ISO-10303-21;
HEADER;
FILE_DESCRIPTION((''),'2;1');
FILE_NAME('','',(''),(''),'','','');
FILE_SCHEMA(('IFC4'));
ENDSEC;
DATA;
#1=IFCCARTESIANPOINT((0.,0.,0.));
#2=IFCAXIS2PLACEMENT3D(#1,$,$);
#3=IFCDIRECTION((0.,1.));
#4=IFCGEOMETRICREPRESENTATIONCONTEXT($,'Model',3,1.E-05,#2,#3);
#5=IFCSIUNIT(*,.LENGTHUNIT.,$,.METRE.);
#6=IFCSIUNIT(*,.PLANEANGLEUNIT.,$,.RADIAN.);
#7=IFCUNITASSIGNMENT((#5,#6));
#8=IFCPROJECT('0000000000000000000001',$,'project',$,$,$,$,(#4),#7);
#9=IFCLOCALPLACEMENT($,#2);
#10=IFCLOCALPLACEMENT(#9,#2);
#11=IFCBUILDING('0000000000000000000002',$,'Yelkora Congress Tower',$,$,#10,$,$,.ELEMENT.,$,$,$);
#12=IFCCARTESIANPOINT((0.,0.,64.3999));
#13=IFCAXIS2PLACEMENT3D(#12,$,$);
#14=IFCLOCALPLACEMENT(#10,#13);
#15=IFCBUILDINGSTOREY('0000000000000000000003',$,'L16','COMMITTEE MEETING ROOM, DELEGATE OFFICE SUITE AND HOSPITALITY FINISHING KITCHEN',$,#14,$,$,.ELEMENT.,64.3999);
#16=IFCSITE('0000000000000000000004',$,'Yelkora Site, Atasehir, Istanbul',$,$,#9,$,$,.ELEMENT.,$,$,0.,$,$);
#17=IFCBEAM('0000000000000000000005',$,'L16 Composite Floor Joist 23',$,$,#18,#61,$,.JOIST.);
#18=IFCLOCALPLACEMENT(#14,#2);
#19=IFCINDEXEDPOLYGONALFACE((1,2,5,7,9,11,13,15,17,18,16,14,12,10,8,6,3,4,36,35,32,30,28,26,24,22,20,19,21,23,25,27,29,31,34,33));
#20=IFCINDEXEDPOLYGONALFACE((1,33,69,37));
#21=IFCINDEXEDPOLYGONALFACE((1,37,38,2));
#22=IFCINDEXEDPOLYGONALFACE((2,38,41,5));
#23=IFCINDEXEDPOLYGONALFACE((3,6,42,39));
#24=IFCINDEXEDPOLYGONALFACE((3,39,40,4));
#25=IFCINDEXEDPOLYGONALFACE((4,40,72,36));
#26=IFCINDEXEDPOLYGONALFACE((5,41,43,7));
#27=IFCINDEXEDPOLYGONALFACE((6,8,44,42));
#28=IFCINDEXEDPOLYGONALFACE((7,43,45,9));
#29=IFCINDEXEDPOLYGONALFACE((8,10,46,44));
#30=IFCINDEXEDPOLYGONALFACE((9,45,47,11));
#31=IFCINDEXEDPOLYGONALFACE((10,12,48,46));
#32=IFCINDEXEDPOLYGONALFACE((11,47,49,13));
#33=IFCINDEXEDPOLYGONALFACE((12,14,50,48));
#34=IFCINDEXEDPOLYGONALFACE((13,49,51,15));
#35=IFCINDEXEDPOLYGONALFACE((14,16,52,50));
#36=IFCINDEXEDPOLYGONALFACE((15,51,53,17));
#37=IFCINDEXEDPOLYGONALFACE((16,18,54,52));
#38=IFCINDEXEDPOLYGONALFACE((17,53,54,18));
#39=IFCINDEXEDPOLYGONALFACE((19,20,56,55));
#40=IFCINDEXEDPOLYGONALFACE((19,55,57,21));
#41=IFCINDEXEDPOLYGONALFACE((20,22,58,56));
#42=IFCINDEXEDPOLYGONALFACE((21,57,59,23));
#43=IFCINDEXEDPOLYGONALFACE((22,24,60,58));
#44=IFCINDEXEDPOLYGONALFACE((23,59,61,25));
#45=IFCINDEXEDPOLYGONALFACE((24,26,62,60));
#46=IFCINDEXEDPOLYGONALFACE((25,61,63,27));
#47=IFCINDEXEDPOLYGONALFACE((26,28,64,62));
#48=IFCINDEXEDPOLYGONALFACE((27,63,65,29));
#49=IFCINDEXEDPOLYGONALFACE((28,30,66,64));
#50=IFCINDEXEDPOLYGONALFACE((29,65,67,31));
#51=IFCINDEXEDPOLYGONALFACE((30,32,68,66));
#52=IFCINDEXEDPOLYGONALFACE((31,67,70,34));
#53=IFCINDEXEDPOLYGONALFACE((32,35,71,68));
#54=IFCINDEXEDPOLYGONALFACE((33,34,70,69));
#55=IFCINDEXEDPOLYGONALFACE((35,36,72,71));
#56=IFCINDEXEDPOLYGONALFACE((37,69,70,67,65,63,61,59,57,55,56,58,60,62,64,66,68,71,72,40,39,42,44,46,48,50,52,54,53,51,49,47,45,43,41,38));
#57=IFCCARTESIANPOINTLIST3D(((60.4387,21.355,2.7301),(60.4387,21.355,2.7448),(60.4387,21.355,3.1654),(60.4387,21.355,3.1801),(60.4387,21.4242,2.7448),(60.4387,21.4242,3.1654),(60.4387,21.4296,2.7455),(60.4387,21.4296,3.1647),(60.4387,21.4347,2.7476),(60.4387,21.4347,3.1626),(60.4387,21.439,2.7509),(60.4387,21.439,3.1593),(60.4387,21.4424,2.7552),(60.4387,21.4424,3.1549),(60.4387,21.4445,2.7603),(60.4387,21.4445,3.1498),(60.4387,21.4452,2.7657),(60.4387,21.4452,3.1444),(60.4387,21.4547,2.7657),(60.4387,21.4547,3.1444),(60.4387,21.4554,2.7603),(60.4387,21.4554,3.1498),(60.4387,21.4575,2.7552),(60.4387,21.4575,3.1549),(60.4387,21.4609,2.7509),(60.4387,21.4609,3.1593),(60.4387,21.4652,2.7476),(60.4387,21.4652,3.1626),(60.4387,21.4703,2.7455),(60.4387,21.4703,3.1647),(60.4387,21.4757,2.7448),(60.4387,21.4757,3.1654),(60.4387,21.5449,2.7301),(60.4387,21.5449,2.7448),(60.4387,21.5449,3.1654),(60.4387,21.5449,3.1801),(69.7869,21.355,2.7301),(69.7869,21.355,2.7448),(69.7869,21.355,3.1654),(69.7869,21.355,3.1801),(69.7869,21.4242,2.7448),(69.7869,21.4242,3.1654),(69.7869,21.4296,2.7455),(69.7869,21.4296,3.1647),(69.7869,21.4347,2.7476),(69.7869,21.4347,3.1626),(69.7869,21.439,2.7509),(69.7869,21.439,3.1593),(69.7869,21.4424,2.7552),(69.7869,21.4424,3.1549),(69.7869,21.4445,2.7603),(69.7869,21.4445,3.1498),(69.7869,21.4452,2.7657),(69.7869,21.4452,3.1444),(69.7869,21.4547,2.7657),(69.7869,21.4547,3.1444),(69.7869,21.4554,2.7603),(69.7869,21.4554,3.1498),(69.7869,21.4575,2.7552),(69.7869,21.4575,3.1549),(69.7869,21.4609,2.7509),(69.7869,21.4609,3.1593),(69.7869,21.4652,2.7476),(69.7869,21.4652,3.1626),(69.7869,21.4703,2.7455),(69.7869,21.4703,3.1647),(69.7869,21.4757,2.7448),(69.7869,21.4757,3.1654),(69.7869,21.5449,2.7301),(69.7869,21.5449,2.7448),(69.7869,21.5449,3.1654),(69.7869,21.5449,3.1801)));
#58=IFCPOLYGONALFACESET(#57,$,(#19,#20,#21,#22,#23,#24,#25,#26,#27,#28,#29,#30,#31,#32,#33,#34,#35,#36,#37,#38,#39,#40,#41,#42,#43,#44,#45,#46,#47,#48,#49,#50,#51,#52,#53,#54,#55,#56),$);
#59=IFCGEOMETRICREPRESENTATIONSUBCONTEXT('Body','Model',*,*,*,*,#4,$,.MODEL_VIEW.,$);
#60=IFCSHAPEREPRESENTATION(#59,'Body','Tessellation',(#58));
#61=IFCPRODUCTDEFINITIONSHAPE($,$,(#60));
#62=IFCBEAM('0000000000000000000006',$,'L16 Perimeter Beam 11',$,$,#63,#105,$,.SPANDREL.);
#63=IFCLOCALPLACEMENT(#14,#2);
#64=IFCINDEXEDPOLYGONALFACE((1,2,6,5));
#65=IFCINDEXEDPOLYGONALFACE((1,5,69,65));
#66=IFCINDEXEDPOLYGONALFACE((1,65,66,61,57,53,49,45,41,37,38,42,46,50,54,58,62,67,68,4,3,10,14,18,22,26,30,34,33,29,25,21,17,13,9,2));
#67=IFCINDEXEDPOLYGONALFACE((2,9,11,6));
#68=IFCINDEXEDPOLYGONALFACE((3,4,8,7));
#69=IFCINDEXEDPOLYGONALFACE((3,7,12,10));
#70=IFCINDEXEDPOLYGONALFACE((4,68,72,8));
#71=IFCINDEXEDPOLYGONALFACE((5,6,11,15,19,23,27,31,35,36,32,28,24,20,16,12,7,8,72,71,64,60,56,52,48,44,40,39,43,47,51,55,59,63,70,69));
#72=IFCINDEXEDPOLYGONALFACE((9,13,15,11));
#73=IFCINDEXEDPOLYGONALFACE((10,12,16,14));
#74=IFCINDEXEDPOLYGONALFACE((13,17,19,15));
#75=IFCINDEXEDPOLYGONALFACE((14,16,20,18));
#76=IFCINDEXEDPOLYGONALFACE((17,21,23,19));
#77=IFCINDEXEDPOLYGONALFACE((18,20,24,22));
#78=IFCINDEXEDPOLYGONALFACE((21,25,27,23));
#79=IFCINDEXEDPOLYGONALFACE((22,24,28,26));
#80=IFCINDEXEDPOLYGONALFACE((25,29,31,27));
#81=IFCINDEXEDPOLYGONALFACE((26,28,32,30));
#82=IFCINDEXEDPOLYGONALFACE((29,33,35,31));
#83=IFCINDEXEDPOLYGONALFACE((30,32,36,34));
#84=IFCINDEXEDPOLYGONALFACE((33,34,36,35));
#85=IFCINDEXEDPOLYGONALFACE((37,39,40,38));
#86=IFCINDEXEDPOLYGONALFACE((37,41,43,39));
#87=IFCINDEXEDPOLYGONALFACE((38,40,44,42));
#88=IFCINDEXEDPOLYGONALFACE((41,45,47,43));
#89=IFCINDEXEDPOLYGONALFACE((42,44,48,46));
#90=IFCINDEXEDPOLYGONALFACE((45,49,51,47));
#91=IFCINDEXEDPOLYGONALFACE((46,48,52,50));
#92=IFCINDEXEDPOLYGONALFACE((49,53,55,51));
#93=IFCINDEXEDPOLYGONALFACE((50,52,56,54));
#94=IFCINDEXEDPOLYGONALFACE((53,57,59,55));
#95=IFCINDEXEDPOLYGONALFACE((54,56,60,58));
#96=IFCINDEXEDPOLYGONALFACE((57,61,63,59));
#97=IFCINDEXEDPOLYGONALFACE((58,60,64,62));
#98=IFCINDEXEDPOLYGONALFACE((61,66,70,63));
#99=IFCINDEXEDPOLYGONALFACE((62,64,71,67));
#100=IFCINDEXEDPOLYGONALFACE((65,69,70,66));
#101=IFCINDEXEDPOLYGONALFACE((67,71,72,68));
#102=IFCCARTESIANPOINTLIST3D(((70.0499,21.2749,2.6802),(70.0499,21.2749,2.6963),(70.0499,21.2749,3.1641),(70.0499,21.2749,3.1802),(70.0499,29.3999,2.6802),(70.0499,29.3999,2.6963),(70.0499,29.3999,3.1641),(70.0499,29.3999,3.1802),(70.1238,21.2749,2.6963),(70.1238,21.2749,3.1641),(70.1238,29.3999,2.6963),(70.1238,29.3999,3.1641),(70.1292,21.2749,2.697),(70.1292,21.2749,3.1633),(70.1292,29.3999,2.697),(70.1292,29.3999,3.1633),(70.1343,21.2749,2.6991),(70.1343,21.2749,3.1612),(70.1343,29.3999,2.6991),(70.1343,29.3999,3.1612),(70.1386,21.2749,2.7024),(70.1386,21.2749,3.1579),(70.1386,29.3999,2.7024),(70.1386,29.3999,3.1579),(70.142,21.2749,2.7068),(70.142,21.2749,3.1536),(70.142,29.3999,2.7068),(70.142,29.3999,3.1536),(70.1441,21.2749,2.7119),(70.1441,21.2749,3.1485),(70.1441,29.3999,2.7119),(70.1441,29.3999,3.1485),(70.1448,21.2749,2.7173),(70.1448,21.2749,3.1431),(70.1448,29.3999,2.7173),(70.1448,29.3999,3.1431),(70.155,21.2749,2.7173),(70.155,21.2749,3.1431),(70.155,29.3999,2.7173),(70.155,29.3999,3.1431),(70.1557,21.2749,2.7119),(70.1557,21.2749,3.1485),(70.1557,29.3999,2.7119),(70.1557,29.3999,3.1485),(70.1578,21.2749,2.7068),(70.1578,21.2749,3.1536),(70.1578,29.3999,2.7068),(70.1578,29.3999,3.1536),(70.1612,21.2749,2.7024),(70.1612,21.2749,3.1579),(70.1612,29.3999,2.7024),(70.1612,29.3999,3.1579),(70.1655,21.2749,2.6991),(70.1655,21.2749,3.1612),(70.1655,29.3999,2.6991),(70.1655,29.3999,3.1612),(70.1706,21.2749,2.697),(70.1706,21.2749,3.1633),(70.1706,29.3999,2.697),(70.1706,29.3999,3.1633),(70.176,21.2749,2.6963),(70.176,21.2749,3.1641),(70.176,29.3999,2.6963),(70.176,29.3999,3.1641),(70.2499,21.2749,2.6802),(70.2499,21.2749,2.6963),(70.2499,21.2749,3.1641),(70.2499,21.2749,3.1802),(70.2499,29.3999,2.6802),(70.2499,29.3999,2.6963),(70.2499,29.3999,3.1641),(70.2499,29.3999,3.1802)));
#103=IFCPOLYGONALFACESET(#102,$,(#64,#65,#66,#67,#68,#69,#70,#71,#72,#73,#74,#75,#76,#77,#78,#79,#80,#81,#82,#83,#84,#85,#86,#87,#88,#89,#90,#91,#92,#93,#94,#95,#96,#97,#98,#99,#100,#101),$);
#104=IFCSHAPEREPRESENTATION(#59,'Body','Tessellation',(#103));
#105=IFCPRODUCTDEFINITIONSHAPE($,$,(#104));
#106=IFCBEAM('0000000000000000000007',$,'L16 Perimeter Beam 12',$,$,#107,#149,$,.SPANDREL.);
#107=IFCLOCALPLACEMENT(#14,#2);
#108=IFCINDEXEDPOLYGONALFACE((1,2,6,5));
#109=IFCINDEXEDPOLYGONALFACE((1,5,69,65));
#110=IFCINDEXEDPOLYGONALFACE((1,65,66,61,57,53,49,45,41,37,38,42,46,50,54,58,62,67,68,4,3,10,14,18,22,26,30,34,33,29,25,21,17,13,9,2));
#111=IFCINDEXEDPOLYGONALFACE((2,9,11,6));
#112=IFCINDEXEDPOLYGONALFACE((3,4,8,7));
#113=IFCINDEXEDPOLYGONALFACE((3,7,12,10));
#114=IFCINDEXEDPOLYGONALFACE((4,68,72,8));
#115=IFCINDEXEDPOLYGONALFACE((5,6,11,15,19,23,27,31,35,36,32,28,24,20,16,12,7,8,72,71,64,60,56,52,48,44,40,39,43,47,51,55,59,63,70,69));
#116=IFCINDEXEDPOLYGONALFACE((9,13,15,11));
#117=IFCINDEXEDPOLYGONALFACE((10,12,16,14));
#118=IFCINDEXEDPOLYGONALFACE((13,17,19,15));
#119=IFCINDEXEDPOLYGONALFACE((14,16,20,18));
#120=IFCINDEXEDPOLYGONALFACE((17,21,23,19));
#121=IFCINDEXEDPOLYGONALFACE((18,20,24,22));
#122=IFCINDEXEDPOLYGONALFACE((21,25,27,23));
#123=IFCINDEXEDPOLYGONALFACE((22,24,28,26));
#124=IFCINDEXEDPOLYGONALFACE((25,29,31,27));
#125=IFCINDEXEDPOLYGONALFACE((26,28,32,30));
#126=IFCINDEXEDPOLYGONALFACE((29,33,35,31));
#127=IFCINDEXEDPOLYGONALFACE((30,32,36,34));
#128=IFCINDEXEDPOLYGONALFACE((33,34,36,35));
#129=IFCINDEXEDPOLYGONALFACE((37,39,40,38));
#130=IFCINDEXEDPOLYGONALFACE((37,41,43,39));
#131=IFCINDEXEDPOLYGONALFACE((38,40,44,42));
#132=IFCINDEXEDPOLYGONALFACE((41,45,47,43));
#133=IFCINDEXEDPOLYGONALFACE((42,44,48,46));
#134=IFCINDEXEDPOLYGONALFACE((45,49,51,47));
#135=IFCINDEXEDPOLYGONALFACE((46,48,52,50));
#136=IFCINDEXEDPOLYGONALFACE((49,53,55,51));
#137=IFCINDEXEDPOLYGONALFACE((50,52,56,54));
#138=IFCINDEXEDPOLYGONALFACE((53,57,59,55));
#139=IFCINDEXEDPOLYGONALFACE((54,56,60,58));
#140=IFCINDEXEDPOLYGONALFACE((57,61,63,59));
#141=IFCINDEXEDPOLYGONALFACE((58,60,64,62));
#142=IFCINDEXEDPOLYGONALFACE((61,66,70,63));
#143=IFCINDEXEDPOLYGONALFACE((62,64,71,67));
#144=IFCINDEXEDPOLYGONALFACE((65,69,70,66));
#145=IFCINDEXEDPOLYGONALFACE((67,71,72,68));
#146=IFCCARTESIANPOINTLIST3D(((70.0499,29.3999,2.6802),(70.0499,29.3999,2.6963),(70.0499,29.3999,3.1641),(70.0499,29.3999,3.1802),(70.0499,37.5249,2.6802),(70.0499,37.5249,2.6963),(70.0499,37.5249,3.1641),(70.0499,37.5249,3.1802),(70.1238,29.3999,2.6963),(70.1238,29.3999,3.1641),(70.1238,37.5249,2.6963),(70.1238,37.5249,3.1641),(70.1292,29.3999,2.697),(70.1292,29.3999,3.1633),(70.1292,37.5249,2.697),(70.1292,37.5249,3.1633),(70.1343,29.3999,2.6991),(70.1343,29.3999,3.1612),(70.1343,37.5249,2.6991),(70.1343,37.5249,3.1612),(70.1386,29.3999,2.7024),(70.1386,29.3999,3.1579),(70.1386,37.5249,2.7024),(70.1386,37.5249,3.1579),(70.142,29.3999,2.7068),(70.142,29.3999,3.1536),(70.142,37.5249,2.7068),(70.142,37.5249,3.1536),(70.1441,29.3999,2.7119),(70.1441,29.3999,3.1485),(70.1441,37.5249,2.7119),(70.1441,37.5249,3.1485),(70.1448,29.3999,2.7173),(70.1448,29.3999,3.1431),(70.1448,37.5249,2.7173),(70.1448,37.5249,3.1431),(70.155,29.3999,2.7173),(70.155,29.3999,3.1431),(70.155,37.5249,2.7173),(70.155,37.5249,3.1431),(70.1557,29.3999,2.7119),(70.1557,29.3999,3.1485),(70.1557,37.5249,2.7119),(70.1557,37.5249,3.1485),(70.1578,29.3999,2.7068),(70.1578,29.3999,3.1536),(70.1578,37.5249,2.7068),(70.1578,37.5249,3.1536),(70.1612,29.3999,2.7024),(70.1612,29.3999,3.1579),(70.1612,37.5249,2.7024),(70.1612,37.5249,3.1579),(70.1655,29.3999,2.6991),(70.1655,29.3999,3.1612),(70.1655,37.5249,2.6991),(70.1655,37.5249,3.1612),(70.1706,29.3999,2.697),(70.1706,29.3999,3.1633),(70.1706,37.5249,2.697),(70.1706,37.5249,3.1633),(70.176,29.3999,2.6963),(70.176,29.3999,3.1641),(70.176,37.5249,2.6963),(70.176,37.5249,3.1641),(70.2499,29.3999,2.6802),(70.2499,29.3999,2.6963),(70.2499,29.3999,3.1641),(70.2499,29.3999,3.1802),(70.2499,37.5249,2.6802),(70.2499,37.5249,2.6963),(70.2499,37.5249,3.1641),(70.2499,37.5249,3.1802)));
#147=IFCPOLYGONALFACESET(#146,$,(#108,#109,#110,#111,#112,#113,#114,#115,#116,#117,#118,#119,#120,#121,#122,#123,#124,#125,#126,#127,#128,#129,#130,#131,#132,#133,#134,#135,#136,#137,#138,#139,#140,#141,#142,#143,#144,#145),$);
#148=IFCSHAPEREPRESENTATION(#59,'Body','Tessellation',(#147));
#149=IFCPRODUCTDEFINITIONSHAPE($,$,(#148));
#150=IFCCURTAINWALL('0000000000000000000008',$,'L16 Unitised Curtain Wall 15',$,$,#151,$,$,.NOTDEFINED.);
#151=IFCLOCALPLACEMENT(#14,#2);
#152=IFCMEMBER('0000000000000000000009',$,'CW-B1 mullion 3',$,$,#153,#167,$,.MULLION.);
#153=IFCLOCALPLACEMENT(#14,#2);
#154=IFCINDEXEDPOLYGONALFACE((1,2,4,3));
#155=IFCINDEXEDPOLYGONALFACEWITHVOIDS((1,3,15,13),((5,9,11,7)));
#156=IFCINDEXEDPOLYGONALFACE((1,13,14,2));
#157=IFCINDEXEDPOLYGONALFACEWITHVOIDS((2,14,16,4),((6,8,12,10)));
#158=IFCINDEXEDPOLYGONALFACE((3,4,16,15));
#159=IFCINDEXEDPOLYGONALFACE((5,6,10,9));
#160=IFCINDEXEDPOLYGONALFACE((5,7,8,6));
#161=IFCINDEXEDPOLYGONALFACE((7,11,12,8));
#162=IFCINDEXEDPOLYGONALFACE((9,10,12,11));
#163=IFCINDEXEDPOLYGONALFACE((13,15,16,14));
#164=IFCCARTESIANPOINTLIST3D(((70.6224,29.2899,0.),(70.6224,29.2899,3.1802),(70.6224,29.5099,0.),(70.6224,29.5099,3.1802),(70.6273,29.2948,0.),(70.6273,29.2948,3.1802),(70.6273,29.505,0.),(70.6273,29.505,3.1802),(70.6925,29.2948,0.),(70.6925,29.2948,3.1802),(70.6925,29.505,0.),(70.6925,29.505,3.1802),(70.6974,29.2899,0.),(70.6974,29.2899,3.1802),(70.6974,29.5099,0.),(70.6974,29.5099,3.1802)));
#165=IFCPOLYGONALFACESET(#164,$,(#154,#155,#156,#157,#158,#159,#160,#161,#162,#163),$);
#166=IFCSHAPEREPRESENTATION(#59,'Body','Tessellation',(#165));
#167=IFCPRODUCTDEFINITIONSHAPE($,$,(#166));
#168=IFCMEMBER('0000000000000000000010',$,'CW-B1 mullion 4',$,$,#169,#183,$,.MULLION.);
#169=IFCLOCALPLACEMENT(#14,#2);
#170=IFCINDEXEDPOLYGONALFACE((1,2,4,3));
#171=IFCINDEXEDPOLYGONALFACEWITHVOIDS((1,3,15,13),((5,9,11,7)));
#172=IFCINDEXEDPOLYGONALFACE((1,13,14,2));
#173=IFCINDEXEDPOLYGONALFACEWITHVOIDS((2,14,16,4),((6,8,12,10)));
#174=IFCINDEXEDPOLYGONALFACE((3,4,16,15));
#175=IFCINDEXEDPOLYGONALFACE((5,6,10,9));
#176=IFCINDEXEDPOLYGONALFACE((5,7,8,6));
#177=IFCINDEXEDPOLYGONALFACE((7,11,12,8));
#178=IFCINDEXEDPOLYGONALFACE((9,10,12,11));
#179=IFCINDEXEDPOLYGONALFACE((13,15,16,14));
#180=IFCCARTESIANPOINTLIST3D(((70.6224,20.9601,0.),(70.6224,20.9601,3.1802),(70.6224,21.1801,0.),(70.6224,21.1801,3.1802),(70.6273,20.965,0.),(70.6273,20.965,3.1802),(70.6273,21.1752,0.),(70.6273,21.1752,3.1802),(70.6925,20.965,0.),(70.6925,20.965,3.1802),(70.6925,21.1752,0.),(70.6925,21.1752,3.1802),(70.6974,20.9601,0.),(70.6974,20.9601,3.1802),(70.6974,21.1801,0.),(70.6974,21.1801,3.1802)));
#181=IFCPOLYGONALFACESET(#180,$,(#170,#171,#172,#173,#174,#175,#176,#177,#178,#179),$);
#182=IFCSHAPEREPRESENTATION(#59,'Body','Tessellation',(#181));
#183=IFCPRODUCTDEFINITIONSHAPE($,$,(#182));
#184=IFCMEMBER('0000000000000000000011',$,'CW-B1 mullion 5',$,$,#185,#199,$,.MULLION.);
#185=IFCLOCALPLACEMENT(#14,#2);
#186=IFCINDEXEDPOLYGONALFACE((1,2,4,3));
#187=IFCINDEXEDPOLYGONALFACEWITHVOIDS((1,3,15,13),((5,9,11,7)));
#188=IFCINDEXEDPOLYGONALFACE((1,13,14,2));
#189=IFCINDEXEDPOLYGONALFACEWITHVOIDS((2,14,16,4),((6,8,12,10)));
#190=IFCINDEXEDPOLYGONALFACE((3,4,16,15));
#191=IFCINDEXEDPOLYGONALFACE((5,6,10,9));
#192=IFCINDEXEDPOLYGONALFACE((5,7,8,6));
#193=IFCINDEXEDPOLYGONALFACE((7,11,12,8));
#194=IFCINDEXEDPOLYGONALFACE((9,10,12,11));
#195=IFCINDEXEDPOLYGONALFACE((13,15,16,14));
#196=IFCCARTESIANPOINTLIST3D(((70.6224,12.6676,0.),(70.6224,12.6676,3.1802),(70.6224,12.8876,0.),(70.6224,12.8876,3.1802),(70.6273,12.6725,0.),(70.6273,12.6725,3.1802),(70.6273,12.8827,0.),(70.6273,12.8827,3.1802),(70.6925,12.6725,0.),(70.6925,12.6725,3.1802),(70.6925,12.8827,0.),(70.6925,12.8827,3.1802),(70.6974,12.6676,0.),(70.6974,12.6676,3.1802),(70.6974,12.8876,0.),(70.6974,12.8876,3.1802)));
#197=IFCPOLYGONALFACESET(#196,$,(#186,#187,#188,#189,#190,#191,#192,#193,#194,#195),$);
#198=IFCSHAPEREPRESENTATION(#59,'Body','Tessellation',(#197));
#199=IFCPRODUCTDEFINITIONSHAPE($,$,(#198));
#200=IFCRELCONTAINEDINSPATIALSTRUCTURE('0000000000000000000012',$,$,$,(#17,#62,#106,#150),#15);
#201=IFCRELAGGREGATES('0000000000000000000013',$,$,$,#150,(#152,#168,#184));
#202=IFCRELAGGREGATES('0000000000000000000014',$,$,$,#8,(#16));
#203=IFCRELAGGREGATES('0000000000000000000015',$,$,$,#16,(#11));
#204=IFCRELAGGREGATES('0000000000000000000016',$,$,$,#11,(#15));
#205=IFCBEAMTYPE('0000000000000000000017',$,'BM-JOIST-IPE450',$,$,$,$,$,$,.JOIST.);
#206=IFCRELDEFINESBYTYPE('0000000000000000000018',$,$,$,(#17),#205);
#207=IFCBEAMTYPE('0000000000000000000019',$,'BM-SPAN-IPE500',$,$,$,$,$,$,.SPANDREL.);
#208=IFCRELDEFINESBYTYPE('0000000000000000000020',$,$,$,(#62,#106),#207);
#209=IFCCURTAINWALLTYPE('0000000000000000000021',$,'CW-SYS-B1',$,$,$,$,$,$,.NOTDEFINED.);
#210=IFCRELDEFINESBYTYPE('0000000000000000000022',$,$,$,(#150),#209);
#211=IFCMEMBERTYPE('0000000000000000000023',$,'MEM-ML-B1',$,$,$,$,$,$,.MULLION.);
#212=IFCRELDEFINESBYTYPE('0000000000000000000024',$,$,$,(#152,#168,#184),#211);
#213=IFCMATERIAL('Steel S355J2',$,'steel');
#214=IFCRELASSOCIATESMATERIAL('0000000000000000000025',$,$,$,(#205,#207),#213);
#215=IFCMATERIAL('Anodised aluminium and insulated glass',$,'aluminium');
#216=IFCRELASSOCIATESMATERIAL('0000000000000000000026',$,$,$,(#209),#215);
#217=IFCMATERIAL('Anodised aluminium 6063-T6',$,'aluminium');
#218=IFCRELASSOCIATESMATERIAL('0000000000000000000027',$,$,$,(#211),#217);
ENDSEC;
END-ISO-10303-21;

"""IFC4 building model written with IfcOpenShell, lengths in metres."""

from ifc_helpers import new_model, si_unit, direction, frame, origin, origin_2d, place, context, subcontext, project, spatial, hollow_rectangle, i_section, extrude, material, material_profile, profile_set, type_object, element, aggregate, save


model = new_model("IFC4")

# Units and contexts
model_context = context("Model", 3, precision=1e-05, world=origin(), true_north=direction((0.0, 1.0)))
body_context = subcontext(model_context, "Body", "Model", "MODEL_VIEW")
ifc_project = project(units=[si_unit("LENGTHUNIT", "METRE"), si_unit("PLANEANGLEUNIT", "RADIAN")], contexts=[model_context])

# Site, building, storey
site_placement = place(None, origin())
site = spatial("IfcSite", under=ifc_project, at=site_placement, Name="Yelkora Site, Atasehir, Istanbul", CompositionType="ELEMENT", RefElevation=0.0)
building_placement = place(site_placement, origin())
building = spatial("IfcBuilding", under=site, at=building_placement, Name="Yelkora Congress Tower", CompositionType="ELEMENT")
storey_placement = place(building_placement, frame((0.0, 0.0, 64.3999)))
storey = spatial("IfcBuildingStorey", under=building, at=storey_placement, Name="L16", Description="COMMITTEE MEETING ROOM, DELEGATE OFFICE SUITE AND HOSPITALITY FINISHING KITCHEN", CompositionType="ELEMENT", Elevation=64.3999)

# Beams
ifc_material_1 = material(Name="Steel S355J2", Category="steel")
ifc_material_profile_1 = material_profile(ifc_material_1, i_section(OverallWidth=0.1899, OverallDepth=0.45, WebThickness=0.0095, FlangeThickness=0.0146, FilletRadius=0.021, at=origin_2d()), Name="IPE 450")
ifc_profile_set_1 = profile_set([ifc_material_profile_1], Name="Steel S355J2")
beam_type_1 = type_object("IfcBeamType", Name="BM-JOIST-IPE450", PredefinedType="JOIST", material=ifc_profile_set_1)
beam_1_placement = place(storey_placement, frame((60.4387, 21.45, 2.9551), z_axis=(1.0, 0.0, 0.0), x_axis=(0.0, 1.0, 0.0)))
element("IfcBeam", 1, at=beam_1_placement, inside=storey, type_object=beam_type_1, Name="L16 Composite Floor Joist 23", PredefinedType="JOIST", context=body_context, shape_type="SweptSolid", body=[
    extrude(i_section(OverallWidth=0.1899, OverallDepth=0.45, WebThickness=0.0095, FlangeThickness=0.0146, FilletRadius=0.021, at=origin_2d()), origin(), (0.0, 0.0, 1.0), 9.3481),
])
ifc_material_profile_2 = material_profile(ifc_material_1, i_section(OverallWidth=0.2, OverallDepth=0.5, WebThickness=0.0103, FlangeThickness=0.0161, FilletRadius=0.021, at=origin_2d()), Name="IPE 500")
ifc_profile_set_2 = profile_set([ifc_material_profile_2], Name="Steel S355J2")
beam_type_2 = type_object("IfcBeamType", Name="BM-SPAN-IPE500", PredefinedType="SPANDREL", material=ifc_profile_set_2)
for number, where, z_axis, x_axis, name in (
    (2, (70.1499, 21.2749, 2.9302), (0.0, 1.0, 0.0), (-1.0, 0.0, 0.0), "L16 Perimeter Beam 11"),
    (3, (70.1499, 29.3999, 2.9302), (0.0, 1.0, 0.0), (-1.0, 0.0, 0.0), "L16 Perimeter Beam 12"),
):
    element("IfcBeam", number, at=place(storey_placement, frame(where, z_axis=z_axis, x_axis=x_axis)), inside=storey, type_object=beam_type_2, Name=name, PredefinedType="SPANDREL", context=body_context, shape_type="SweptSolid", body=[
        extrude(i_section(OverallWidth=0.2, OverallDepth=0.5, WebThickness=0.0103, FlangeThickness=0.0161, FilletRadius=0.021, at=origin_2d()), origin(), (0.0, 0.0, 1.0), 8.125),
    ])

# Curtain wall, members
ifc_material_2 = material(Name="Anodised aluminium and insulated glass", Category="aluminium")
curtain_wall_type = type_object("IfcCurtainWallType", Name="CW-SYS-B1", PredefinedType="NOTDEFINED", material=ifc_material_2)
curtain_wall_placement = place(storey_placement, origin())
curtain_wall = element("IfcCurtainWall", 4, at=curtain_wall_placement, inside=storey, type_object=curtain_wall_type, Name="L16 Unitised Curtain Wall 15", PredefinedType="NOTDEFINED")
ifc_material_3 = material(Name="Anodised aluminium 6063-T6", Category="aluminium")
ifc_material_profile_3 = material_profile(ifc_material_3, hollow_rectangle(XDim=0.075, YDim=0.22, WallThickness=0.0049, at=origin_2d()), Name="ALU 75x220x5")
ifc_profile_set_3 = profile_set([ifc_material_profile_3], Name="Anodised aluminium 6063-T6")
member_type_1 = type_object("IfcMemberType", Name="MEM-ML-B1", PredefinedType="MULLION", material=ifc_profile_set_3)
member_1_placement = place(storey_placement, frame((70.6599, 29.3999, 0.0), z_axis=(0.0, 0.0, 1.0), x_axis=(1.0, 0.0, 0.0)))
member_1 = element("IfcMember", 5, at=member_1_placement, type_object=member_type_1, Name="CW-B1 mullion 3", PredefinedType="MULLION", context=body_context, shape_type="SweptSolid", body=[
    extrude(hollow_rectangle(XDim=0.075, YDim=0.22, WallThickness=0.0049, at=origin_2d()), origin(), (0.0, 0.0, 1.0), 3.1802),
])
member_2_placement = place(storey_placement, frame((70.6599, 21.0701, 0.0), z_axis=(0.0, 0.0, 1.0), x_axis=(1.0, 0.0, 0.0)))
member_2 = element("IfcMember", 6, at=member_2_placement, type_object=member_type_1, Name="CW-B1 mullion 4", PredefinedType="MULLION", context=body_context, shape_type="SweptSolid", body=[
    extrude(hollow_rectangle(XDim=0.075, YDim=0.22, WallThickness=0.0049, at=origin_2d()), origin(), (0.0, 0.0, 1.0), 3.1802),
])
member_3_placement = place(storey_placement, frame((70.6599, 12.7776, 0.0), z_axis=(0.0, 0.0, 1.0), x_axis=(1.0, 0.0, 0.0)))
member_3 = element("IfcMember", 7, at=member_3_placement, type_object=member_type_1, Name="CW-B1 mullion 5", PredefinedType="MULLION", context=body_context, shape_type="SweptSolid", body=[
    extrude(hollow_rectangle(XDim=0.075, YDim=0.22, WallThickness=0.0049, at=origin_2d()), origin(), (0.0, 0.0, 1.0), 3.1802),
])
aggregate(curtain_wall, [member_1, member_2, member_3])

save(model, "model.ifc")
